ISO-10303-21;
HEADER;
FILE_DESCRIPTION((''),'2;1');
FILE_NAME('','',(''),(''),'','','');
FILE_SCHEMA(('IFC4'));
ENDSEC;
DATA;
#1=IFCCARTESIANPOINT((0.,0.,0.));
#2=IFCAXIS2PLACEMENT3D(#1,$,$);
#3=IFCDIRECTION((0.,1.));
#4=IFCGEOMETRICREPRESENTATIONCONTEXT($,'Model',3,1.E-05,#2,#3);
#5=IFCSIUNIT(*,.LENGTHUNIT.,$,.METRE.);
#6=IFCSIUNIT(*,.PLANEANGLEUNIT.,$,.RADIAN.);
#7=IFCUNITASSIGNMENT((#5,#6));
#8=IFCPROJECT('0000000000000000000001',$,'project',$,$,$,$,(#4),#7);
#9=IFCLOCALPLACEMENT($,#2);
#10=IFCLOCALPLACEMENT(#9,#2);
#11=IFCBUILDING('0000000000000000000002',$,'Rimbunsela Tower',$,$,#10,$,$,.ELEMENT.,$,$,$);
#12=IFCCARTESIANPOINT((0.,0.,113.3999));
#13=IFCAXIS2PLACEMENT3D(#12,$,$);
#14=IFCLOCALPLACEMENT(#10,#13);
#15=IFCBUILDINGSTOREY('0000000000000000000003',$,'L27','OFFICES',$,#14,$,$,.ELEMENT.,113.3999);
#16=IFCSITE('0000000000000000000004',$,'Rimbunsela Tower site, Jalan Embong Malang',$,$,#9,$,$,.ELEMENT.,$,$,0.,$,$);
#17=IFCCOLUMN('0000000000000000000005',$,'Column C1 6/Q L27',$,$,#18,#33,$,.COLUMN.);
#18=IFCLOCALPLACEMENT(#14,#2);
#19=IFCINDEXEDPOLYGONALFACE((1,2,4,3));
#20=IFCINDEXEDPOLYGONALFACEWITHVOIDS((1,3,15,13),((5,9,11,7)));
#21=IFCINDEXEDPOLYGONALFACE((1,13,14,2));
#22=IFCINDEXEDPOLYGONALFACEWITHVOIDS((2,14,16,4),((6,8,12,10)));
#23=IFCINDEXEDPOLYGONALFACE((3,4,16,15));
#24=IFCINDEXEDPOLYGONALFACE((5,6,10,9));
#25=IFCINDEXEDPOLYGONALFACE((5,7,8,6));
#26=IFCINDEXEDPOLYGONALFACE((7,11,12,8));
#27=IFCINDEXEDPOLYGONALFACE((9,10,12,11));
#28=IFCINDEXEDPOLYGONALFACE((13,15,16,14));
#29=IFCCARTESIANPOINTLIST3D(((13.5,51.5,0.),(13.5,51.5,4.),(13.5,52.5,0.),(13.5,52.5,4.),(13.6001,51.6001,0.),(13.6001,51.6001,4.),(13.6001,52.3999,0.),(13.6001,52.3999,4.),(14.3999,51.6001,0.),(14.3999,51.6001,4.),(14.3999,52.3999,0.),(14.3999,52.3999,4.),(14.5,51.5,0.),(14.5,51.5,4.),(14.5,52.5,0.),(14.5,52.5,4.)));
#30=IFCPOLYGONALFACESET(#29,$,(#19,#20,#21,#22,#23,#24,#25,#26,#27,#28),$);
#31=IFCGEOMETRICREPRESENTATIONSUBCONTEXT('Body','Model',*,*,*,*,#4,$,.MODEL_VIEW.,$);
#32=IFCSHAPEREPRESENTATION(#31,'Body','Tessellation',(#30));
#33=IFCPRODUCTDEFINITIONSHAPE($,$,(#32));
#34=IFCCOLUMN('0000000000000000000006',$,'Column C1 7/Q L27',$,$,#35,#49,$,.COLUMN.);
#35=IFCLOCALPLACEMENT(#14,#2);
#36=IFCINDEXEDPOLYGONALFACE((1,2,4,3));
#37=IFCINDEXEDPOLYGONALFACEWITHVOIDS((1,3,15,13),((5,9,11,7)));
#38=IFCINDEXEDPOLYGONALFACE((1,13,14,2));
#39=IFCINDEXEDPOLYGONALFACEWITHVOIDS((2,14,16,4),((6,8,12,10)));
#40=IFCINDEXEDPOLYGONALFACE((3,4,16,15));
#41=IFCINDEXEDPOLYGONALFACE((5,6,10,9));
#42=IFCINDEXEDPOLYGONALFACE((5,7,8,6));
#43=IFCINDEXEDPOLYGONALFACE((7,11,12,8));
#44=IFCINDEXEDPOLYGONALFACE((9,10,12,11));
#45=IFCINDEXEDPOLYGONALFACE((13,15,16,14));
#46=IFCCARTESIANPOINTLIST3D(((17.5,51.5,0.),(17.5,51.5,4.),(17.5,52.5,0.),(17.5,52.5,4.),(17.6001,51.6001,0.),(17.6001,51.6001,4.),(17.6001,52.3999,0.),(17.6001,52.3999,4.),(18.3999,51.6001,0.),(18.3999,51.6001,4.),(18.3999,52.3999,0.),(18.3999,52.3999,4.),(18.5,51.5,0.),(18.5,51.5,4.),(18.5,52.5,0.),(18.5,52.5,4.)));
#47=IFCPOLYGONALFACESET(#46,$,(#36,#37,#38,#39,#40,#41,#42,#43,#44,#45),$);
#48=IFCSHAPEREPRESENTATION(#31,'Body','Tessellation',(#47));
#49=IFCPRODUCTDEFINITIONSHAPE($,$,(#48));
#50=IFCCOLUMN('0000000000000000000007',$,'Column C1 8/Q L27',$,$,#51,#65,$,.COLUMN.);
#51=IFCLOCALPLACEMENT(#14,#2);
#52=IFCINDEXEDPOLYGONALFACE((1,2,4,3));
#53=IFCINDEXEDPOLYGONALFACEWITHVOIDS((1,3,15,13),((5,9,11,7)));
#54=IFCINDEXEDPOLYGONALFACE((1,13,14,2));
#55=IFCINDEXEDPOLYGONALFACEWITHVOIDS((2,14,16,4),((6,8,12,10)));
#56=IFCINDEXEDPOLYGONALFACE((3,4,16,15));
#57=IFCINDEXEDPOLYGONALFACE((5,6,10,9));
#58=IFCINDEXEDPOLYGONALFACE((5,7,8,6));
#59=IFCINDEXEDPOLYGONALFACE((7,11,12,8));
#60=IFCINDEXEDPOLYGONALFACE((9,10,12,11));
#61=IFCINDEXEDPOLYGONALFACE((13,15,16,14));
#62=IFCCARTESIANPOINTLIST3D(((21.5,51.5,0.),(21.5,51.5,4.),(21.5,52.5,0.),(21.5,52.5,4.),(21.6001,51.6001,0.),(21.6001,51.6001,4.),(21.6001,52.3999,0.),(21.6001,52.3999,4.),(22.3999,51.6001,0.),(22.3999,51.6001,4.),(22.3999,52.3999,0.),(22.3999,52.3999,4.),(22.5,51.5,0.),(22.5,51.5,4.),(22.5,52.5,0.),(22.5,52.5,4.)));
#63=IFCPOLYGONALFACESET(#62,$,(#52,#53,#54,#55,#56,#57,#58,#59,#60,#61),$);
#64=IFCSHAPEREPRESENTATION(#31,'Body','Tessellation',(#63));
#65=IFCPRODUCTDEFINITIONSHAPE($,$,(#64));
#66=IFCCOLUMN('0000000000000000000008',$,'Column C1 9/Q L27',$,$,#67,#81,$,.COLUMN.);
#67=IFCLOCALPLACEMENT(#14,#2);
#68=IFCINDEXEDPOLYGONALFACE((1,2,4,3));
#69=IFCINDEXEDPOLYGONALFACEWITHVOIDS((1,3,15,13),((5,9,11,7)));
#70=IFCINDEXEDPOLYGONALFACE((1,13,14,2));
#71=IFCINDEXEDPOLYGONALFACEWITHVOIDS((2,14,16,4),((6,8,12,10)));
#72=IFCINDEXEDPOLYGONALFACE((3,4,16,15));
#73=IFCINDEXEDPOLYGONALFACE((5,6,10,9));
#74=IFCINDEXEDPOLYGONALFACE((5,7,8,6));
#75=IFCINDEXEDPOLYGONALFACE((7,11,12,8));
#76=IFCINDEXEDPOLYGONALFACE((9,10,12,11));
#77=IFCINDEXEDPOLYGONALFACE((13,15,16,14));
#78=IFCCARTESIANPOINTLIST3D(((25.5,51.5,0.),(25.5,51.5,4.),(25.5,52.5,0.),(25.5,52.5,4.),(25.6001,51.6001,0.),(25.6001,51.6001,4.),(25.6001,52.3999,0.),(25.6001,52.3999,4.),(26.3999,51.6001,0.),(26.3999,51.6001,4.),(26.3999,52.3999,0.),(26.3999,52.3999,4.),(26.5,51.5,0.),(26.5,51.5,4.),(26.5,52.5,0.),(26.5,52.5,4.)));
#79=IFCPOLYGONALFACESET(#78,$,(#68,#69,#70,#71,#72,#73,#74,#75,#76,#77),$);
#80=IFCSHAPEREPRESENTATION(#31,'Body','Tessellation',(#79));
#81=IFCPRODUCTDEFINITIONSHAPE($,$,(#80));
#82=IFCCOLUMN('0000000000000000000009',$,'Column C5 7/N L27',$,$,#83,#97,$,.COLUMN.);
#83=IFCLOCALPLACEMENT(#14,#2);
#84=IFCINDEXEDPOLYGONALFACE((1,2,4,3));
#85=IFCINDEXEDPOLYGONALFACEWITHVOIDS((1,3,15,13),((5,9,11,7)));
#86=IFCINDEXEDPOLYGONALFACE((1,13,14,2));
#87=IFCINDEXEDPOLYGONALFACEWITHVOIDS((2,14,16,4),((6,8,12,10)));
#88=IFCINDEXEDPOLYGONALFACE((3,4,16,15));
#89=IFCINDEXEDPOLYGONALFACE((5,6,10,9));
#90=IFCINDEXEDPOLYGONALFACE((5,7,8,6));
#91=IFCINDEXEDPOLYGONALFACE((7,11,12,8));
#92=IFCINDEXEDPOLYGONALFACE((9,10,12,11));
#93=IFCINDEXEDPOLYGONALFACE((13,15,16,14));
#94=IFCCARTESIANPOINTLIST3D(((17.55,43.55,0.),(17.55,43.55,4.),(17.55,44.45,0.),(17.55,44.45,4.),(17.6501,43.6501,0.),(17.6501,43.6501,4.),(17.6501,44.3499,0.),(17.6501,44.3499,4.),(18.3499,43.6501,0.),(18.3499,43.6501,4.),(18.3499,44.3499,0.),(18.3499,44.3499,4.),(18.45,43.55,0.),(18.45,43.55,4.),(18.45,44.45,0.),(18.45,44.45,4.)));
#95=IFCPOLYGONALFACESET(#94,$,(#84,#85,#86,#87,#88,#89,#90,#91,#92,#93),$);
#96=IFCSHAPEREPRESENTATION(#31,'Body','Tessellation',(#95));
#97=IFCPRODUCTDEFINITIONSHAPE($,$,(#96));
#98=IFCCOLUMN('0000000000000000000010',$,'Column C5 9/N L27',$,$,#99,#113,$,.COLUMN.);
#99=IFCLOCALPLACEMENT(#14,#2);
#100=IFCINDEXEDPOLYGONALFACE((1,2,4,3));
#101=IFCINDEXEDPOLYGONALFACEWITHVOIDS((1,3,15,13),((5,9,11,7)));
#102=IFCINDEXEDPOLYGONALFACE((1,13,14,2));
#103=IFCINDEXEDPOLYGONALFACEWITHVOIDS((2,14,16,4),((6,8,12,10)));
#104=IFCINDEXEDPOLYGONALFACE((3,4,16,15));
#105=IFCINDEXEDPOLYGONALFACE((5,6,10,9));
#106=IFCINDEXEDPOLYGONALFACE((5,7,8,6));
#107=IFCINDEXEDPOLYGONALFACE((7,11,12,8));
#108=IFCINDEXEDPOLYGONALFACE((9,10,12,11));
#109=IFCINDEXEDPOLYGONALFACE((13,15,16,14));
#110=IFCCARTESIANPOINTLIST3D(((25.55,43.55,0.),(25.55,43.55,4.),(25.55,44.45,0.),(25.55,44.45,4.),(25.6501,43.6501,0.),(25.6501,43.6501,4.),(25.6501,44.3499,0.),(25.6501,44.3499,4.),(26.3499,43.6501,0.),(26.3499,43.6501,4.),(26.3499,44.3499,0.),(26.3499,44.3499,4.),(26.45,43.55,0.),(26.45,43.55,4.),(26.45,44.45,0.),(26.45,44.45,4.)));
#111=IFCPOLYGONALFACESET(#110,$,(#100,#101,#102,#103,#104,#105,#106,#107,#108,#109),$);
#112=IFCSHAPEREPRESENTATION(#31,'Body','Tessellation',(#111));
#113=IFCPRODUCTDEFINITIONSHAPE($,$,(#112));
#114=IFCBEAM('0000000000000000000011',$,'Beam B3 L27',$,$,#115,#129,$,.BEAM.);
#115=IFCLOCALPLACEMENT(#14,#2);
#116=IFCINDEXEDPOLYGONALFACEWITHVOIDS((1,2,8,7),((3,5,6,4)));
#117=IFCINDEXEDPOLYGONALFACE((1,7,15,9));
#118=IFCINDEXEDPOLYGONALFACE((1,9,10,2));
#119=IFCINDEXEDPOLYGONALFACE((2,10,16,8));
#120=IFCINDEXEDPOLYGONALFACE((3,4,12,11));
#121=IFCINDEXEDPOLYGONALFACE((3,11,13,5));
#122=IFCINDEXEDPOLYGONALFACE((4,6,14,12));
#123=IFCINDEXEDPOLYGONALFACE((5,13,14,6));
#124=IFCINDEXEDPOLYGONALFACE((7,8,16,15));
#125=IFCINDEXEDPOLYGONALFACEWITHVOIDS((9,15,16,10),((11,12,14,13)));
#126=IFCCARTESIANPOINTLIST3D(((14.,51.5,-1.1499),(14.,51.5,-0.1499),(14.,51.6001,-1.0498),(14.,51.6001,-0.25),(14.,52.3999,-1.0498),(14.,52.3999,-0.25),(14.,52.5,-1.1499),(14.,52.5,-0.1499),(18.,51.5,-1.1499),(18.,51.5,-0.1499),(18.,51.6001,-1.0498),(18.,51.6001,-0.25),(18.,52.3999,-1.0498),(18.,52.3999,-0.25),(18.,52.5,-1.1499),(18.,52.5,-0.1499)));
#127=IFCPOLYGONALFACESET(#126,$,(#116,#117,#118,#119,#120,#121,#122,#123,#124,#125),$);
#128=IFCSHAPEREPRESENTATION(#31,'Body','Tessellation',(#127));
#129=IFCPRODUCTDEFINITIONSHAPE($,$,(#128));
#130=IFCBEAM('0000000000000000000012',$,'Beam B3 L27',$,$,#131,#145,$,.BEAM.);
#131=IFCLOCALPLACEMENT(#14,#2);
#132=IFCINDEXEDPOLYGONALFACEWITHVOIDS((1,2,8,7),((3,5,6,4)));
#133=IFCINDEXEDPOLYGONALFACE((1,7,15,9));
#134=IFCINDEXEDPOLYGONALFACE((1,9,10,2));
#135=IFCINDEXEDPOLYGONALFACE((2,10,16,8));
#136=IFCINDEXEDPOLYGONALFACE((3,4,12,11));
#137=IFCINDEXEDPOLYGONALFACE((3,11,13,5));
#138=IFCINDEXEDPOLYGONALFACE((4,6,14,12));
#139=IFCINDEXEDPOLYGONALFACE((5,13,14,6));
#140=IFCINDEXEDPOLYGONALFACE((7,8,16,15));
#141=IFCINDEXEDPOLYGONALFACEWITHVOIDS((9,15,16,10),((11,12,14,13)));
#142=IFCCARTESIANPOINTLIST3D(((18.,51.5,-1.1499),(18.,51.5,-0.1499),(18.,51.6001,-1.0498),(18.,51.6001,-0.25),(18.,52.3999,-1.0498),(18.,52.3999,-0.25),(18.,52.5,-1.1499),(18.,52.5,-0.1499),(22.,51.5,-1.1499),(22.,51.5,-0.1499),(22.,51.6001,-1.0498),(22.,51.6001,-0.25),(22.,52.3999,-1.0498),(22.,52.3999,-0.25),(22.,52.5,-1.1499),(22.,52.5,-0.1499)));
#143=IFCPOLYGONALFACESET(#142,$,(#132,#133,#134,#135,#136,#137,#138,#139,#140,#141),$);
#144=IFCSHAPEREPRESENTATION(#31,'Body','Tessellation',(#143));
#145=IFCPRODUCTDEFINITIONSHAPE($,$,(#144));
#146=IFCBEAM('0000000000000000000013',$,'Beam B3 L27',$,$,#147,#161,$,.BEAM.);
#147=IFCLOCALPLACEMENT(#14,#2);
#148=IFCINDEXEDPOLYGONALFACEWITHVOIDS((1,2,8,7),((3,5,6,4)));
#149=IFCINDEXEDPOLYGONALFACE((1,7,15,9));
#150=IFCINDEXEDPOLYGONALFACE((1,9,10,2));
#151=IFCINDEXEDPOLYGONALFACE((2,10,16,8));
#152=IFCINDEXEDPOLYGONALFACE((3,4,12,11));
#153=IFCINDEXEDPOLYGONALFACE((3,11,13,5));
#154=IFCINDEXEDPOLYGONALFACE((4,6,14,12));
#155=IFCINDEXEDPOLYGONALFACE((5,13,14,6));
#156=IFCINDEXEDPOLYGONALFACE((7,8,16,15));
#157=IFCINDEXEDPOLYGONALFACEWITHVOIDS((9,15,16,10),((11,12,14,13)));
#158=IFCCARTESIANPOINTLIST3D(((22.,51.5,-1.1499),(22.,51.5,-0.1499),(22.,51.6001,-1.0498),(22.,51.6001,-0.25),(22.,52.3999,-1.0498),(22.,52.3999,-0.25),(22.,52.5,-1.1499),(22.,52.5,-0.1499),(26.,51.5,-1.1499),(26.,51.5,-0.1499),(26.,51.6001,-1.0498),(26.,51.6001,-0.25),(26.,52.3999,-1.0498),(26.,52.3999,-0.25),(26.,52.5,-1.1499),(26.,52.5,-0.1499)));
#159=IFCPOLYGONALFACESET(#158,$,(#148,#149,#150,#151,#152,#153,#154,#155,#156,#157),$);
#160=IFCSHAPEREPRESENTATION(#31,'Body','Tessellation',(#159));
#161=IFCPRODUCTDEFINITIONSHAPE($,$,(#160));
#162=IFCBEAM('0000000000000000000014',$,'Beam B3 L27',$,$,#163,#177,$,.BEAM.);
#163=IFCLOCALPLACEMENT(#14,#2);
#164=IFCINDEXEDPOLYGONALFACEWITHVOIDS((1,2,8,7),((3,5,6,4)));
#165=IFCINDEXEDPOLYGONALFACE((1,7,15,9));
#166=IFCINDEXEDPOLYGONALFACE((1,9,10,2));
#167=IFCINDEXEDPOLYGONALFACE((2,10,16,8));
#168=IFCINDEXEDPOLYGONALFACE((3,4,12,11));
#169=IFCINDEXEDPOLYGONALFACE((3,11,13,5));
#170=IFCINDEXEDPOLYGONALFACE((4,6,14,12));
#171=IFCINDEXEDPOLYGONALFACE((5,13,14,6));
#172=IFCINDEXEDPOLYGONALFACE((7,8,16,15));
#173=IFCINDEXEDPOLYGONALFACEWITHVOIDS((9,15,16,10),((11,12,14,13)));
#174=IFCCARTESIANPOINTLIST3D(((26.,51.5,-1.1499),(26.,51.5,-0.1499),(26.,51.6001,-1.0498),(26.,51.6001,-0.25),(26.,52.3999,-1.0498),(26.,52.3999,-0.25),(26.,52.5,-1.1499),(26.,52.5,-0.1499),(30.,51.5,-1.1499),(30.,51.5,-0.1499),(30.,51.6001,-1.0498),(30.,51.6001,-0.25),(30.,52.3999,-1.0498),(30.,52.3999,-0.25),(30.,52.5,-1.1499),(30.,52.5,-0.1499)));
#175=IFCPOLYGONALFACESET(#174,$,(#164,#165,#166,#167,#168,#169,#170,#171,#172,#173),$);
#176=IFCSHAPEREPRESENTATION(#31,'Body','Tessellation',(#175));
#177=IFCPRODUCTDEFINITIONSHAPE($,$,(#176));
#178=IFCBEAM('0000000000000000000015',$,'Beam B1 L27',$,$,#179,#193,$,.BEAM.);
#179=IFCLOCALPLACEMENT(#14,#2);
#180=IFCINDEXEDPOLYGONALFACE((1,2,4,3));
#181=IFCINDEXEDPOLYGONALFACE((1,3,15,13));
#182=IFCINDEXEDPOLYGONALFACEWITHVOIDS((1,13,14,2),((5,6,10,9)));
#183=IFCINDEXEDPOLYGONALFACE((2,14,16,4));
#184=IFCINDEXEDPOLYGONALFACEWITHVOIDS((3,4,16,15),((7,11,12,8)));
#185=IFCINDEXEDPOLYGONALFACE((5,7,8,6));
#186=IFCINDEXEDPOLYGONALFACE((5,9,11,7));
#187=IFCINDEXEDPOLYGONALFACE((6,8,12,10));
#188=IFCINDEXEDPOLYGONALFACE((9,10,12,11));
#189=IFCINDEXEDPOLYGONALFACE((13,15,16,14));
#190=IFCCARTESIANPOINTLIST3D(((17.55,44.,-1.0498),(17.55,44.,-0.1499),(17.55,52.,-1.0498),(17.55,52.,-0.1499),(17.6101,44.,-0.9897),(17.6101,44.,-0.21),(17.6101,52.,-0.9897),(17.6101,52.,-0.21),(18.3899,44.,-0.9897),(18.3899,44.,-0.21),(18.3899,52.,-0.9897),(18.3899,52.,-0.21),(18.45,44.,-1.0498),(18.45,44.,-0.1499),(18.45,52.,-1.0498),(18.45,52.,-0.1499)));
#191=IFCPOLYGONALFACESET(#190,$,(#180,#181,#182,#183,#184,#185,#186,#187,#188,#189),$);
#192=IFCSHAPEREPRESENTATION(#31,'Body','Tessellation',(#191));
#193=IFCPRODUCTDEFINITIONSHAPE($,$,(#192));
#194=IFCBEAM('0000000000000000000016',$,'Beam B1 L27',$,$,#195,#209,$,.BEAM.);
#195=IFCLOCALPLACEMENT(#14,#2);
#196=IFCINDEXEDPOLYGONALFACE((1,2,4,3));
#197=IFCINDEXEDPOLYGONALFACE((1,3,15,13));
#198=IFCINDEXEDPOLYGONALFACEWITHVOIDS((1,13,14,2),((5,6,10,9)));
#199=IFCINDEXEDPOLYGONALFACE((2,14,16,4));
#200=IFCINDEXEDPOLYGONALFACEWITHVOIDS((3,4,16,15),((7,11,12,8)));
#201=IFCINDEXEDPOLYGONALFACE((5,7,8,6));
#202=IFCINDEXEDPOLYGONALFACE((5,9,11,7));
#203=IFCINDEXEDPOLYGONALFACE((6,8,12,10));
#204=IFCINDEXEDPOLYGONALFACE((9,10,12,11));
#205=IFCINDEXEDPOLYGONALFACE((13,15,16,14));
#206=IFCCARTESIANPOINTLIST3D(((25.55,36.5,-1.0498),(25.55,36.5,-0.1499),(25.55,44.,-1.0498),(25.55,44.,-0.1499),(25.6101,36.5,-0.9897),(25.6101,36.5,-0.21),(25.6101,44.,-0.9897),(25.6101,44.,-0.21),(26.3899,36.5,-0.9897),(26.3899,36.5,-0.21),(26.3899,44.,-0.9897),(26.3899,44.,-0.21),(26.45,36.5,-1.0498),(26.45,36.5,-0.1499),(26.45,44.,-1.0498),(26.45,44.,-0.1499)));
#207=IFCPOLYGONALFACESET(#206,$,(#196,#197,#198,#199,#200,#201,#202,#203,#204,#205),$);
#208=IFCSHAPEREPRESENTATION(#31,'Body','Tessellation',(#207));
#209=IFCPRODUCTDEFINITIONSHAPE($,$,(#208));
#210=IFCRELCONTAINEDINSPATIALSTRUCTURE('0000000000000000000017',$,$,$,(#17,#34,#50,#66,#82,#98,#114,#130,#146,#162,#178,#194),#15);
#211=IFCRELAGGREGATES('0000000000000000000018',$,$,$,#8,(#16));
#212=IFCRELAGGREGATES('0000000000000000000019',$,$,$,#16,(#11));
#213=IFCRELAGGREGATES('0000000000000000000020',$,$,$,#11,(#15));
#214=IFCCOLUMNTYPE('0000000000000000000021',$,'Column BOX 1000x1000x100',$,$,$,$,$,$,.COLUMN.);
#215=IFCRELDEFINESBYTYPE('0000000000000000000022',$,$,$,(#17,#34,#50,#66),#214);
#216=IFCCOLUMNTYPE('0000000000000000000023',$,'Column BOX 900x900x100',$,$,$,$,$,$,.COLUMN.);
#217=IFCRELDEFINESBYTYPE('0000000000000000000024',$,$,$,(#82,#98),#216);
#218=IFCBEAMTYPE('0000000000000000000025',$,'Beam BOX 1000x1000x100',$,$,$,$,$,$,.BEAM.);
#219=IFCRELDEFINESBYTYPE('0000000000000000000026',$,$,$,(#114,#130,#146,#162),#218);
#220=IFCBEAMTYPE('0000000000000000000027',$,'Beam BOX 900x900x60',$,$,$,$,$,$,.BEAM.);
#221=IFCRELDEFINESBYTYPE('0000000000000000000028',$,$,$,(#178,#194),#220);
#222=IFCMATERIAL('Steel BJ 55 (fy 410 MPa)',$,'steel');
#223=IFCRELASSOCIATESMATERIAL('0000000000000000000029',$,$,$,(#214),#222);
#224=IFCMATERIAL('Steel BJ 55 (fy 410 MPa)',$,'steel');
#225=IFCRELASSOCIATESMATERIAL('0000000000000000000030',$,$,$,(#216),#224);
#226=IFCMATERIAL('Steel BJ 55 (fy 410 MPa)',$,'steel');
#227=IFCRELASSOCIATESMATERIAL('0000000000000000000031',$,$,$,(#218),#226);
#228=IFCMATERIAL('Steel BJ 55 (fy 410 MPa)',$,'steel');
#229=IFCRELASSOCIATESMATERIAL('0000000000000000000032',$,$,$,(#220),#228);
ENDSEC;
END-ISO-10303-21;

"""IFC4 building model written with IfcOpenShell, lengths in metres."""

from ifc_helpers import new_model, si_unit, direction, frame, origin, origin_2d, place, context, subcontext, project, spatial, hollow_rectangle, extrude, material, material_profile, profile_set, type_object, element, save


model = new_model("IFC4")

# Units and contexts
model_context = context("Model", 3, precision=1e-05, world=origin(), true_north=direction((0.0, 1.0)))
body_context = subcontext(model_context, "Body", "Model", "MODEL_VIEW")
ifc_project = project(units=[si_unit("LENGTHUNIT", "METRE"), si_unit("PLANEANGLEUNIT", "RADIAN")], contexts=[model_context])

# Site, building, storey
site_placement = place(None, origin())
site = spatial("IfcSite", under=ifc_project, at=site_placement, Name="Rimbunsela Tower site, Jalan Embong Malang", CompositionType="ELEMENT", RefElevation=0.0)
building_placement = place(site_placement, origin())
building = spatial("IfcBuilding", under=site, at=building_placement, Name="Rimbunsela Tower", CompositionType="ELEMENT")
storey_placement = place(building_placement, frame((0.0, 0.0, 113.3999)))
storey = spatial("IfcBuildingStorey", under=building, at=storey_placement, Name="L27", Description="OFFICES", CompositionType="ELEMENT", Elevation=113.3999)

# Columns
ifc_material_1 = material(Name="Steel BJ 55 (fy 410 MPa)", Category="steel")
ifc_material_profile_1 = material_profile(ifc_material_1, hollow_rectangle(XDim=1.0, YDim=1.0, WallThickness=0.1001, at=origin_2d()), Name="BOX 1000x1000x100")
ifc_profile_set_1 = profile_set([ifc_material_profile_1], Name="Steel BJ 55 (fy 410 MPa)")
column_type_1 = type_object("IfcColumnType", Name="Column BOX 1000x1000x100", PredefinedType="COLUMN", material=ifc_profile_set_1)
for number, where, z_axis, x_axis, name in (
    (1, (14.0, 52.0, 0.0), (0.0, 0.0, 1.0), (1.0, 0.0, 0.0), "Column C1 6/Q L27"),
    (2, (18.0, 52.0, 0.0), (0.0, 0.0, 1.0), (1.0, 0.0, 0.0), "Column C1 7/Q L27"),
    (3, (22.0, 52.0, 0.0), (0.0, 0.0, 1.0), (1.0, 0.0, 0.0), "Column C1 8/Q L27"),
    (4, (26.0, 52.0, 0.0), (0.0, 0.0, 1.0), (1.0, 0.0, 0.0), "Column C1 9/Q L27"),
):
    element("IfcColumn", number, at=place(storey_placement, frame(where, z_axis=z_axis, x_axis=x_axis)), inside=storey, type_object=column_type_1, Name=name, PredefinedType="COLUMN", context=body_context, shape_type="SweptSolid", body=[
        extrude(hollow_rectangle(XDim=1.0, YDim=1.0, WallThickness=0.1001, at=origin_2d()), origin(), (0.0, 0.0, 1.0), 4.0),
    ])
ifc_material_2 = material(Name="Steel BJ 55 (fy 410 MPa)", Category="steel")
ifc_material_profile_2 = material_profile(ifc_material_2, hollow_rectangle(XDim=0.8999, YDim=0.8999, WallThickness=0.1001, at=origin_2d()), Name="BOX 900x900x100")
ifc_profile_set_2 = profile_set([ifc_material_profile_2], Name="Steel BJ 55 (fy 410 MPa)")
column_type_2 = type_object("IfcColumnType", Name="Column BOX 900x900x100", PredefinedType="COLUMN", material=ifc_profile_set_2)
for number, where, z_axis, x_axis, name in (
    (5, (18.0, 44.0, 0.0), (0.0, 0.0, 1.0), (1.0, 0.0, 0.0), "Column C5 7/N L27"),
    (6, (26.0, 44.0, 0.0), (0.0, 0.0, 1.0), (1.0, 0.0, 0.0), "Column C5 9/N L27"),
):
    element("IfcColumn", number, at=place(storey_placement, frame(where, z_axis=z_axis, x_axis=x_axis)), inside=storey, type_object=column_type_2, Name=name, PredefinedType="COLUMN", context=body_context, shape_type="SweptSolid", body=[
        extrude(hollow_rectangle(XDim=0.8999, YDim=0.8999, WallThickness=0.1001, at=origin_2d()), origin(), (0.0, 0.0, 1.0), 4.0),
    ])

# Beams
ifc_material_3 = material(Name="Steel BJ 55 (fy 410 MPa)", Category="steel")
ifc_material_profile_3 = material_profile(ifc_material_3, hollow_rectangle(XDim=1.0, YDim=1.0, WallThickness=0.1001, at=origin_2d()), Name="BOX 1000x1000x100")
ifc_profile_set_3 = profile_set([ifc_material_profile_3], Name="Steel BJ 55 (fy 410 MPa)")
beam_type_1 = type_object("IfcBeamType", Name="Beam BOX 1000x1000x100", PredefinedType="BEAM", material=ifc_profile_set_3)
for number, where, z_axis, x_axis, name in (
    (7, (14.0, 52.0, -0.6499), (1.0, 0.0, 0.0), (0.0, 1.0, 0.0), "Beam B3 L27"),
    (8, (18.0, 52.0, -0.6499), (1.0, 0.0, 0.0), (0.0, 1.0, 0.0), "Beam B3 L27"),
    (9, (22.0, 52.0, -0.6499), (1.0, 0.0, 0.0), (0.0, 1.0, 0.0), "Beam B3 L27"),
    (10, (26.0, 52.0, -0.6499), (1.0, 0.0, 0.0), (0.0, 1.0, 0.0), "Beam B3 L27"),
):
    element("IfcBeam", number, at=place(storey_placement, frame(where, z_axis=z_axis, x_axis=x_axis)), inside=storey, type_object=beam_type_1, Name=name, PredefinedType="BEAM", context=body_context, shape_type="SweptSolid", body=[
        extrude(hollow_rectangle(XDim=1.0, YDim=1.0, WallThickness=0.1001, at=origin_2d()), origin(), (0.0, 0.0, 1.0), 4.0),
    ])
ifc_material_4 = material(Name="Steel BJ 55 (fy 410 MPa)", Category="steel")
ifc_material_profile_4 = material_profile(ifc_material_4, hollow_rectangle(XDim=0.8999, YDim=0.8999, WallThickness=0.0601, at=origin_2d()), Name="BOX 900x900x60")
ifc_profile_set_4 = profile_set([ifc_material_profile_4], Name="Steel BJ 55 (fy 410 MPa)")
beam_type_2 = type_object("IfcBeamType", Name="Beam BOX 900x900x60", PredefinedType="BEAM", material=ifc_profile_set_4)
beam_1_placement = place(storey_placement, frame((18.0, 44.0, -0.5999), z_axis=(0.0, 1.0, 0.0), x_axis=(-1.0, 0.0, 0.0)))
element("IfcBeam", 11, at=beam_1_placement, inside=storey, type_object=beam_type_2, Name="Beam B1 L27", PredefinedType="BEAM", context=body_context, shape_type="SweptSolid", body=[
    extrude(hollow_rectangle(XDim=0.8999, YDim=0.8999, WallThickness=0.0601, at=origin_2d()), origin(), (0.0, 0.0, 1.0), 8.0),
])
beam_2_placement = place(storey_placement, frame((26.0, 36.5, -0.5999), z_axis=(0.0, 1.0, 0.0), x_axis=(-1.0, 0.0, 0.0)))
element("IfcBeam", 12, at=beam_2_placement, inside=storey, type_object=beam_type_2, Name="Beam B1 L27", PredefinedType="BEAM", context=body_context, shape_type="SweptSolid", body=[
    extrude(hollow_rectangle(XDim=0.8999, YDim=0.8999, WallThickness=0.0601, at=origin_2d()), origin(), (0.0, 0.0, 1.0), 7.5),
])

save(model, "model.ifc")
